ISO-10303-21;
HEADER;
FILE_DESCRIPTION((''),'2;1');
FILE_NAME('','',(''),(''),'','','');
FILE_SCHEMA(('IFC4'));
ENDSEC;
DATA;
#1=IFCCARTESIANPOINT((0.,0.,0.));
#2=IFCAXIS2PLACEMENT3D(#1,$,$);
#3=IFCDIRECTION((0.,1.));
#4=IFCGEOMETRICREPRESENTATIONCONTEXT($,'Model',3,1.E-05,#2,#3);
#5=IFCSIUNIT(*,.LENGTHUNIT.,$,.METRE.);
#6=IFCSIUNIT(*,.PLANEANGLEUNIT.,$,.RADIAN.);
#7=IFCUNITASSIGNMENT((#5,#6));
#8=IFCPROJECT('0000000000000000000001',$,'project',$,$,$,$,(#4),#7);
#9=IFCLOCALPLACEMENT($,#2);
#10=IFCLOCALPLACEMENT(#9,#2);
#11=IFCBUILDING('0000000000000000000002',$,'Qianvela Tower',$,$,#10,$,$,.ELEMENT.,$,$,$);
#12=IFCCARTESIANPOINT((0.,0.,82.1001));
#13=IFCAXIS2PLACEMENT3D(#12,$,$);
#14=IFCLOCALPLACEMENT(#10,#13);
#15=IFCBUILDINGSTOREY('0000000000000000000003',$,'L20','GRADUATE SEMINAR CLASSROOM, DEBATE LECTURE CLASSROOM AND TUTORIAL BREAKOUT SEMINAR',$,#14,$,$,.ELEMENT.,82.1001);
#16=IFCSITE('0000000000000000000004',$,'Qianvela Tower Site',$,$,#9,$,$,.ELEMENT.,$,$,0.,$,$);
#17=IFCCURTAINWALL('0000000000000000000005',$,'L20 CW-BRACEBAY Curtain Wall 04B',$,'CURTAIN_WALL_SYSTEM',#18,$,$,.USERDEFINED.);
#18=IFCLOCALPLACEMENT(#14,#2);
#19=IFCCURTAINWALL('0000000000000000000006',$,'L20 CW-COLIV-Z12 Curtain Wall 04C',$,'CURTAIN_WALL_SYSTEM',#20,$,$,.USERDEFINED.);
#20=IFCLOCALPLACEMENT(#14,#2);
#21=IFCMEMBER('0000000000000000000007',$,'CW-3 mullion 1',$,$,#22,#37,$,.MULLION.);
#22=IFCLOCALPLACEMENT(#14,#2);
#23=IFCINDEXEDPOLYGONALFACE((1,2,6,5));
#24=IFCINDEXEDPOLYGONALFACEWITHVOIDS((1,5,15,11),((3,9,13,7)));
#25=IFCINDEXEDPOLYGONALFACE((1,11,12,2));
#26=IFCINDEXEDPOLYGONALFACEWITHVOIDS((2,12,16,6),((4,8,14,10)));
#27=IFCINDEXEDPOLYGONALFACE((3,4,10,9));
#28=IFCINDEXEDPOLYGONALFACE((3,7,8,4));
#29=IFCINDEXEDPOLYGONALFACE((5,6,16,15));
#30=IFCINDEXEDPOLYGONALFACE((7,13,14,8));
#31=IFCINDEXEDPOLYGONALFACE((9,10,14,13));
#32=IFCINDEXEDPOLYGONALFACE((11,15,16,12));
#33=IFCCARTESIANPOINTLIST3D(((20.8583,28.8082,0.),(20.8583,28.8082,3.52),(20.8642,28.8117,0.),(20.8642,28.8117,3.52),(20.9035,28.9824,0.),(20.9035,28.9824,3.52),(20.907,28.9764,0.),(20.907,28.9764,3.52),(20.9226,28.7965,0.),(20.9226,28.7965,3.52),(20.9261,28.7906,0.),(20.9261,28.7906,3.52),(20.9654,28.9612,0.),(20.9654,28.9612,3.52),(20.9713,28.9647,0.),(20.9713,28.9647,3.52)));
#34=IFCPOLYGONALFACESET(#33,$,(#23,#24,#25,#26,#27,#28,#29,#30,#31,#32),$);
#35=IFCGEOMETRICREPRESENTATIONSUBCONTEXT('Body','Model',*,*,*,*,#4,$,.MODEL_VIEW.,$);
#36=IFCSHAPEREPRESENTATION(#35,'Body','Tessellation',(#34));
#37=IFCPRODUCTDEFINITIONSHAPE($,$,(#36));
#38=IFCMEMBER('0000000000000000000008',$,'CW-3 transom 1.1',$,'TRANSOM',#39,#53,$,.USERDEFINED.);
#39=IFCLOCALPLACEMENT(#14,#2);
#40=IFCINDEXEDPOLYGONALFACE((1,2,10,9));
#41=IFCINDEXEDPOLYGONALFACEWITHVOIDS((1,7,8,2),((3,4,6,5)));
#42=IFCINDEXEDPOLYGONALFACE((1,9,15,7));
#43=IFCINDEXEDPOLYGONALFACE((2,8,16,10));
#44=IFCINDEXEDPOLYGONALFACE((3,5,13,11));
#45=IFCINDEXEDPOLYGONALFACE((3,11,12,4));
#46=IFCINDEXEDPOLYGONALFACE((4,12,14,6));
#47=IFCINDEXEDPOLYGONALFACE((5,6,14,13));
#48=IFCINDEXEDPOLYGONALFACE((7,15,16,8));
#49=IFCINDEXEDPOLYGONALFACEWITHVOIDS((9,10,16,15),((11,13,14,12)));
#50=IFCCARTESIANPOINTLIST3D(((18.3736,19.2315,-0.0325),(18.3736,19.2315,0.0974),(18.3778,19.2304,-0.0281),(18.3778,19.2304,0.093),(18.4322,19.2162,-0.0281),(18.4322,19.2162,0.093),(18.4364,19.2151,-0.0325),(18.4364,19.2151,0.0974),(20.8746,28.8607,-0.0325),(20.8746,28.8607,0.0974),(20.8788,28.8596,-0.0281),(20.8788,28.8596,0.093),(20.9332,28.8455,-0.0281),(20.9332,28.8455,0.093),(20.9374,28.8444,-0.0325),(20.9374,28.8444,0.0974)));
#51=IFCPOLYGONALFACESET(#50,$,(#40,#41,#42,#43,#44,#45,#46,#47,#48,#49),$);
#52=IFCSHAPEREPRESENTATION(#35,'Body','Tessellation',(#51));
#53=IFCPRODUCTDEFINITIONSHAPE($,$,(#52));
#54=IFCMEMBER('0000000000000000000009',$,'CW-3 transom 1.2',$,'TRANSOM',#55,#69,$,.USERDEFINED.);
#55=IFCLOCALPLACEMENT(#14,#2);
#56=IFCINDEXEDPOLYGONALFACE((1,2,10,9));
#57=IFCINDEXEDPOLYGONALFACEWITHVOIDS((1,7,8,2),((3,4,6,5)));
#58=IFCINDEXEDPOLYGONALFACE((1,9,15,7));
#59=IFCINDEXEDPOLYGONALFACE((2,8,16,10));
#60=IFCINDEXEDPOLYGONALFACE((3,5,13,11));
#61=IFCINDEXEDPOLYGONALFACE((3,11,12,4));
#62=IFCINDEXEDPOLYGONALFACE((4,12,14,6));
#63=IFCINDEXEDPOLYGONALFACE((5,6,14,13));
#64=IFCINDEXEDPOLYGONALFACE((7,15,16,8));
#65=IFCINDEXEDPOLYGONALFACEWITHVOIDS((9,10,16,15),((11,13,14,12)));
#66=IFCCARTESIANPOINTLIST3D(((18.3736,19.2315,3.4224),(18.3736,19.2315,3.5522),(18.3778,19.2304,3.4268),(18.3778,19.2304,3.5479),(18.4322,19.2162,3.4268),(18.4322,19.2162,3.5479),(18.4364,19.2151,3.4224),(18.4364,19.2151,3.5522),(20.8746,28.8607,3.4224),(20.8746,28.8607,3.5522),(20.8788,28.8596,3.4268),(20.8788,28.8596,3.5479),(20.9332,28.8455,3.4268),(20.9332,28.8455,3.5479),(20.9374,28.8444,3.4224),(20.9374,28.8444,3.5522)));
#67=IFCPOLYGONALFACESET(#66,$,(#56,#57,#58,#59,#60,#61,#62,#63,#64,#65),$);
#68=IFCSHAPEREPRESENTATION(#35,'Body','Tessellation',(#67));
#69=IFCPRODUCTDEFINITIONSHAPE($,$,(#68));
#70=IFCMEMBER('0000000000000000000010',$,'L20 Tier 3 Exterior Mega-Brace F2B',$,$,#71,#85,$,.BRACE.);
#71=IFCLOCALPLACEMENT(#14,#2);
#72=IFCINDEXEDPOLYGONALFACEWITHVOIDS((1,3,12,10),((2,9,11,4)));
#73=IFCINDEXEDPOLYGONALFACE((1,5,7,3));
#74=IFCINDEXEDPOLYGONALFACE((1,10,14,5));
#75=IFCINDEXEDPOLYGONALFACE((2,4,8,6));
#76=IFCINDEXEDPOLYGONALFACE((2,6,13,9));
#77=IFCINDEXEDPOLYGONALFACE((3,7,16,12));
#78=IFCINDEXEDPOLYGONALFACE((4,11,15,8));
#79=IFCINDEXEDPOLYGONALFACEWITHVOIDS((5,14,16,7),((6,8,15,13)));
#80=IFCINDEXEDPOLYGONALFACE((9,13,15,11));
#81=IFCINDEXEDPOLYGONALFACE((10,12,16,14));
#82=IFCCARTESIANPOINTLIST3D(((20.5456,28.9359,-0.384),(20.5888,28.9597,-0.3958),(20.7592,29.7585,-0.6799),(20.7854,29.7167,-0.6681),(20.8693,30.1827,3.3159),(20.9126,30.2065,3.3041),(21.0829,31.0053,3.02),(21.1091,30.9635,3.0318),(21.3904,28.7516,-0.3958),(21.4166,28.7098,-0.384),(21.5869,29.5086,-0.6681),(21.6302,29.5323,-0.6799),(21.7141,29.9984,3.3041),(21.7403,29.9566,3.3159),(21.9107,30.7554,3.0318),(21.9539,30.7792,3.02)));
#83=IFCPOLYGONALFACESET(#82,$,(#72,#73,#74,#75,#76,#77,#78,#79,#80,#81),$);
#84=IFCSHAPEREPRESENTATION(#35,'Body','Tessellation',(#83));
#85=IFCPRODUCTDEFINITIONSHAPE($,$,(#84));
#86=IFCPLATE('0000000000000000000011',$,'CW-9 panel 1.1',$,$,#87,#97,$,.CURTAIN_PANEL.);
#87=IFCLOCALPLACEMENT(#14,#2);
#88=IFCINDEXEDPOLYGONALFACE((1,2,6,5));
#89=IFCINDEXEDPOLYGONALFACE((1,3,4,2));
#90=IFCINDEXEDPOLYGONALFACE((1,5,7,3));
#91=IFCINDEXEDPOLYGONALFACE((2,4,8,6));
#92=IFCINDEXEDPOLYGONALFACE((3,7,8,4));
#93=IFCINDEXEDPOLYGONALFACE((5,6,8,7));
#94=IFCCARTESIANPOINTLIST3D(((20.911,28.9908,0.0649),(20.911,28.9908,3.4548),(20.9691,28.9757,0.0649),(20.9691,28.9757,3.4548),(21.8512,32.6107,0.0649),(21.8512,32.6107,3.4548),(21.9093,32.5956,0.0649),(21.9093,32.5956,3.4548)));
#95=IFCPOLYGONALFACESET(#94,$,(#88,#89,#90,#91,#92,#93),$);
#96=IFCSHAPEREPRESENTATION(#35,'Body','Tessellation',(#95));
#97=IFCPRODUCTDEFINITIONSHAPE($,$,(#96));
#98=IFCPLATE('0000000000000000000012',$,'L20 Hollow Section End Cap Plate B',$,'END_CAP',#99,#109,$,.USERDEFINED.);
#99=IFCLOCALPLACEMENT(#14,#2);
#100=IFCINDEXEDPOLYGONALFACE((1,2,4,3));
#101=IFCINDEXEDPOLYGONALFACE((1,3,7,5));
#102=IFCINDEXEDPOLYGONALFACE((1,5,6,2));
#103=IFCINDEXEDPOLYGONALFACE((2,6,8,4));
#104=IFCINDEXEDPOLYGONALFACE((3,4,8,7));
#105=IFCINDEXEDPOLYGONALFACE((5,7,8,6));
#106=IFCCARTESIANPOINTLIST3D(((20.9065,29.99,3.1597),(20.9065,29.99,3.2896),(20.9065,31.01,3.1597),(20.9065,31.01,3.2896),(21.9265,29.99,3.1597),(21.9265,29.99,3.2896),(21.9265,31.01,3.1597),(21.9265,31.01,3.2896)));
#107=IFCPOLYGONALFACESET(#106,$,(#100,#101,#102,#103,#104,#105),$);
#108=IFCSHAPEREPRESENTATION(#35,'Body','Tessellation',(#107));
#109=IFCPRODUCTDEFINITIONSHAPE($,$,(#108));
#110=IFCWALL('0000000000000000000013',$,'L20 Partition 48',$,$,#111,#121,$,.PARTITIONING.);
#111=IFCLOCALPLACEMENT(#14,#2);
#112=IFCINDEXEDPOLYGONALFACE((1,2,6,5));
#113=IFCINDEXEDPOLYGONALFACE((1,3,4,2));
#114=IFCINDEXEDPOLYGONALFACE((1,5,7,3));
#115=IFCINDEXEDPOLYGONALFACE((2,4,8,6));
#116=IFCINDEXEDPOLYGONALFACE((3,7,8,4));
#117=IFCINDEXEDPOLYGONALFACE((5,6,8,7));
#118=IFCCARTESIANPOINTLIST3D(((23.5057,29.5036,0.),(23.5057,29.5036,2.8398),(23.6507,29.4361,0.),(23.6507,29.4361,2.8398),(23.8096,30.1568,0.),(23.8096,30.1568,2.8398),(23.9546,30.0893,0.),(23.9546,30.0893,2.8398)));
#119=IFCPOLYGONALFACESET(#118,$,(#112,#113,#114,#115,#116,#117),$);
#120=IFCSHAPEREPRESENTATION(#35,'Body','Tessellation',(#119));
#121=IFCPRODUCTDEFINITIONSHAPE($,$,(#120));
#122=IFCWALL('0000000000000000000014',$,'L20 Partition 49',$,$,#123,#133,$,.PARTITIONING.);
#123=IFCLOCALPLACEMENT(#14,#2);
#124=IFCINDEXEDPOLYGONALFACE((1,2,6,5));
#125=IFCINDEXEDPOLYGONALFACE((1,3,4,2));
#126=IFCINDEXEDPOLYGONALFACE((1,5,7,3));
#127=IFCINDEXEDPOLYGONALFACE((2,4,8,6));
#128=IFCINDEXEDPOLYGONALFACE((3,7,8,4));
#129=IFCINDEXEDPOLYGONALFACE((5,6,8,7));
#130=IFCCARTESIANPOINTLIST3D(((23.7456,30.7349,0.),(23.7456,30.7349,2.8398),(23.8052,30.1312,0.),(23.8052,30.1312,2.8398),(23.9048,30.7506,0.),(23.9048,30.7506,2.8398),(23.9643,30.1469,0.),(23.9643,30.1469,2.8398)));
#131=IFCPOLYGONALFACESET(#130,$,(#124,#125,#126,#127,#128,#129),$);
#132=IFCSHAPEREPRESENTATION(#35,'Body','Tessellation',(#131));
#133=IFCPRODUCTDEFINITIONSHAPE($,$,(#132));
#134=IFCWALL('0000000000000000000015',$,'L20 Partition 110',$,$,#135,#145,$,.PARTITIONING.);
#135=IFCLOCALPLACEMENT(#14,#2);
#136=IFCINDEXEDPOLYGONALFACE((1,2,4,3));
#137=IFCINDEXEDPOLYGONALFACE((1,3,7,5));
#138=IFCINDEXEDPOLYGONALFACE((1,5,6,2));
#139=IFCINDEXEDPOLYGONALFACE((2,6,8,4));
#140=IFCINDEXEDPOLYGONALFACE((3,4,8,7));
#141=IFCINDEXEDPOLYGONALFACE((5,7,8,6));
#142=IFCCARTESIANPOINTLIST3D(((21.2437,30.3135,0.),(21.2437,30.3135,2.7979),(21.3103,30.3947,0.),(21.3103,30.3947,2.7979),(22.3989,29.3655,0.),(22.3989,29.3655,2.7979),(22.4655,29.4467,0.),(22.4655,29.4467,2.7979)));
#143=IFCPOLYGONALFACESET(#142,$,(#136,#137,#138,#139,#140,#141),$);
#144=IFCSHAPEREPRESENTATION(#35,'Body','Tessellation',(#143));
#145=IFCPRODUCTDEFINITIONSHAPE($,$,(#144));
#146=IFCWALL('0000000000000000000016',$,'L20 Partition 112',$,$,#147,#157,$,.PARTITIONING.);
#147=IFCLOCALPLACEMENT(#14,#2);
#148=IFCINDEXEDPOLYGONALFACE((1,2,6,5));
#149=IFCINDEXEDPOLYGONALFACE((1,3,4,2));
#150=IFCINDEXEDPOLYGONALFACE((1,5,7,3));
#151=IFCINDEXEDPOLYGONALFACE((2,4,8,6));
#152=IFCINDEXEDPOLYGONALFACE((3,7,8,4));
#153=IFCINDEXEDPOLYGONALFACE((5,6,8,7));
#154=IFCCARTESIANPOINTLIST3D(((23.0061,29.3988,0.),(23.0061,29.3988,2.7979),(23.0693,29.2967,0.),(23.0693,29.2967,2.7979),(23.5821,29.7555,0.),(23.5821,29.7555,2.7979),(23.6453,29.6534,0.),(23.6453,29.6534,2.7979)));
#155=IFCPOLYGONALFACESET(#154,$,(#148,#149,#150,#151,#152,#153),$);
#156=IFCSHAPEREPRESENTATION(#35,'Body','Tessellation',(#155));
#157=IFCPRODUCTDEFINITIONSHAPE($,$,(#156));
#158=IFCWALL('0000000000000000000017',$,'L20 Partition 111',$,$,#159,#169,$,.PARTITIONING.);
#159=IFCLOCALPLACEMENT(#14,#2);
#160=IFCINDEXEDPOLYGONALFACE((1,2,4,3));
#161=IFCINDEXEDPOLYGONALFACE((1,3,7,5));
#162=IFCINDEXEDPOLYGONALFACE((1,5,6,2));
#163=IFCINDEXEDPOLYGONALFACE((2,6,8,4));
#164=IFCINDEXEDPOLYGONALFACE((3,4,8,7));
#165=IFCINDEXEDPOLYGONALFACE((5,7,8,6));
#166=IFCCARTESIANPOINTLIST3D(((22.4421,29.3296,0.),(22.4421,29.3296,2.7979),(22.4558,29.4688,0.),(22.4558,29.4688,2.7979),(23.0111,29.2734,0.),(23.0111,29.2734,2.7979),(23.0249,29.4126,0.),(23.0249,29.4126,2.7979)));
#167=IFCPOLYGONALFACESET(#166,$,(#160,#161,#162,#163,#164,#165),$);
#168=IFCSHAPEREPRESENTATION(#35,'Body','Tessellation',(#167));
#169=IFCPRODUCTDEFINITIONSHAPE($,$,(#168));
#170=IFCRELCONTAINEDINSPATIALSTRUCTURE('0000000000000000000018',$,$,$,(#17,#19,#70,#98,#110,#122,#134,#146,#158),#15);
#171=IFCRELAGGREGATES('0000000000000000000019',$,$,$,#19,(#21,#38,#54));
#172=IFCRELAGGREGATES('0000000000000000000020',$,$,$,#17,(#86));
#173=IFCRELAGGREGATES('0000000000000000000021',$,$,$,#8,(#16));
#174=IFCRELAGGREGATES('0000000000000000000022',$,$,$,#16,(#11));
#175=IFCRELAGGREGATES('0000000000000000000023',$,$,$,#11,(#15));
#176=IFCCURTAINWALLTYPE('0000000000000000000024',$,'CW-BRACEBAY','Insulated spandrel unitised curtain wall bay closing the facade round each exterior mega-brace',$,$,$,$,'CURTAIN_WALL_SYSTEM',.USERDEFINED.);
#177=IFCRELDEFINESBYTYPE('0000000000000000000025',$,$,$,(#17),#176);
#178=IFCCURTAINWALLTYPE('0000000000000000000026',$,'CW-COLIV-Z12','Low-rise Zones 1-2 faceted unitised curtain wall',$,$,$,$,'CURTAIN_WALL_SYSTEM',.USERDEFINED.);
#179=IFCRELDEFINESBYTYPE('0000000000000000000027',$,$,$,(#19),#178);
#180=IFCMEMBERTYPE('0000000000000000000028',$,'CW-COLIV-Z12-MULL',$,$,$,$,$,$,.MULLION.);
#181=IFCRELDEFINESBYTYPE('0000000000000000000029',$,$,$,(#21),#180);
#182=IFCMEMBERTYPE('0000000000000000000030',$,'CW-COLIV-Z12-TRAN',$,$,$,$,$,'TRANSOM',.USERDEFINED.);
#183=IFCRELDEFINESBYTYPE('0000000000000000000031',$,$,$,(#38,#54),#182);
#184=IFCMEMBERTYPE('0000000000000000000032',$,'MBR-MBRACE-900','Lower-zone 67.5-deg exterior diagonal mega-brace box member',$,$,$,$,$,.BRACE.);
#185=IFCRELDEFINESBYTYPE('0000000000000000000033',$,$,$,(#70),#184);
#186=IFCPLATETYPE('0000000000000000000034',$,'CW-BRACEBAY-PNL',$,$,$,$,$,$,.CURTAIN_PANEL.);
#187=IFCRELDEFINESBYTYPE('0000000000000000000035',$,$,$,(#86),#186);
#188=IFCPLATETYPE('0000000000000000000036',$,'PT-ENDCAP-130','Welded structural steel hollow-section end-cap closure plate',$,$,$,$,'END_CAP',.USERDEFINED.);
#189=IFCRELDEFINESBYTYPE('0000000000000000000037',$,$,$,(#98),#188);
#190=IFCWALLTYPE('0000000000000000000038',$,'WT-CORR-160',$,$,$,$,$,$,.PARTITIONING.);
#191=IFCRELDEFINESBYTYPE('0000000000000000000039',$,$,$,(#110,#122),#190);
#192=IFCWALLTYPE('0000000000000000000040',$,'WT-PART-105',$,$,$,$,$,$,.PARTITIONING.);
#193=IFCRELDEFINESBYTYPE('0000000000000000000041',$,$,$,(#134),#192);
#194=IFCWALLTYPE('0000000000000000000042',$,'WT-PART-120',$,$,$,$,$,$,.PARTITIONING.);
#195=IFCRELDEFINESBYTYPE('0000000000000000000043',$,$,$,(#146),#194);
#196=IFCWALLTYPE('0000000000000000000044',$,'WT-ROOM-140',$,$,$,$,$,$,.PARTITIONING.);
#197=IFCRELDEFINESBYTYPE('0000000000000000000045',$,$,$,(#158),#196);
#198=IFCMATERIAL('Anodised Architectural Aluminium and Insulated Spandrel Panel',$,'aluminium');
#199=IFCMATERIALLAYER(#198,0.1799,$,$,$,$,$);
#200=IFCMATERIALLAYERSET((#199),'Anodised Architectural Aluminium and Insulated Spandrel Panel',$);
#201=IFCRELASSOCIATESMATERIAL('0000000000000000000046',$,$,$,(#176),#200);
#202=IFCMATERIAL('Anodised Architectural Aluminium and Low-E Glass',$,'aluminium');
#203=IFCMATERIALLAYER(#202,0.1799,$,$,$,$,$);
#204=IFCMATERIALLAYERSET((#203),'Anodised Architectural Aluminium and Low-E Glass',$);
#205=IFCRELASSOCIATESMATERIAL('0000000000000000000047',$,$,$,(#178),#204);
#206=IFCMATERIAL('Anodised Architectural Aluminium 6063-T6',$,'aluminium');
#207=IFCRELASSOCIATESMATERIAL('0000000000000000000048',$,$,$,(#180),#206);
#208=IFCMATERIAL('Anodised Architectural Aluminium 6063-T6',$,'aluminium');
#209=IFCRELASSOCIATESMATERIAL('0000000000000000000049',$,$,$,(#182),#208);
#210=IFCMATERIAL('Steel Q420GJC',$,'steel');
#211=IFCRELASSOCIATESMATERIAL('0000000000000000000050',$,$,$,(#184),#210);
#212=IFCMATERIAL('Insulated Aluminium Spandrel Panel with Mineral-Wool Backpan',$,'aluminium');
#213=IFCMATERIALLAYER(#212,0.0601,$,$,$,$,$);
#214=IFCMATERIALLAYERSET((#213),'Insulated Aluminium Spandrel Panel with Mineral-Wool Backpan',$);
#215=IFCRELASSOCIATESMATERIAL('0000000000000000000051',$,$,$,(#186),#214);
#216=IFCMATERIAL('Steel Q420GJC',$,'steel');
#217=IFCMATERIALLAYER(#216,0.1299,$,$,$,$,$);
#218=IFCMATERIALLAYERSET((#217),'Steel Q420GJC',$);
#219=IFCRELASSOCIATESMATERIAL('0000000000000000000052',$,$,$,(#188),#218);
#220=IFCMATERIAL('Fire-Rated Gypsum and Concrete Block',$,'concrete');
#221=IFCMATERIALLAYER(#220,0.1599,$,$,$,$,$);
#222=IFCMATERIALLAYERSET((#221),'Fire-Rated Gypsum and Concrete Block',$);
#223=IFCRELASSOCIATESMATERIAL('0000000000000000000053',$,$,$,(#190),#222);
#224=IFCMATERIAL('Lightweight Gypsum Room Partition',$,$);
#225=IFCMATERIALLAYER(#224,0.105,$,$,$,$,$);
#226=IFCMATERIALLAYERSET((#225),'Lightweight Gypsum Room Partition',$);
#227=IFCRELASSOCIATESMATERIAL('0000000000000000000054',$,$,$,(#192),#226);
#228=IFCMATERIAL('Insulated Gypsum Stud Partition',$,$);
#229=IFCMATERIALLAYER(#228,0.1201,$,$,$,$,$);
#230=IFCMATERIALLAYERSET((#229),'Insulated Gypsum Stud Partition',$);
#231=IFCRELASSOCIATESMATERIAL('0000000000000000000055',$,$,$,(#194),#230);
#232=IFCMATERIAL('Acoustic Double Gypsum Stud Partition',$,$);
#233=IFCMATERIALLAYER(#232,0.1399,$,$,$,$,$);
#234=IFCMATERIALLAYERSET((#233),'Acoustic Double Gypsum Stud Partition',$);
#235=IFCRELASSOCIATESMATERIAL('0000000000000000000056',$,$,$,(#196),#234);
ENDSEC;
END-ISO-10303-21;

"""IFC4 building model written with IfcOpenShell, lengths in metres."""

from ifc_helpers import new_model, si_unit, direction, frame, frame_2d, origin, origin_2d, place, context, subcontext, project, spatial, rectangle, hollow_rectangle, extrude, material, layer, layer_set, material_profile, profile_set, type_object, element, aggregate, save


model = new_model("IFC4")

# Units and contexts
model_context = context("Model", 3, precision=1e-05, world=origin(), true_north=direction((0.0, 1.0)))
body_context = subcontext(model_context, "Body", "Model", "MODEL_VIEW")
ifc_project = project(units=[si_unit("LENGTHUNIT", "METRE"), si_unit("PLANEANGLEUNIT", "RADIAN")], contexts=[model_context])

# Site, building, storey
site_placement = place(None, origin())
site = spatial("IfcSite", under=ifc_project, at=site_placement, Name="Qianvela Tower Site", CompositionType="ELEMENT", RefElevation=0.0)
building_placement = place(site_placement, origin())
building = spatial("IfcBuilding", under=site, at=building_placement, Name="Qianvela Tower", CompositionType="ELEMENT")
storey_placement = place(building_placement, frame((0.0, 0.0, 82.1001)))
storey = spatial("IfcBuildingStorey", under=building, at=storey_placement, Name="L20", Description="GRADUATE SEMINAR CLASSROOM, DEBATE LECTURE CLASSROOM AND TUTORIAL BREAKOUT SEMINAR", CompositionType="ELEMENT", Elevation=82.1001)

# Curtain wall
ifc_material_1 = material(Name="Anodised Architectural Aluminium and Insulated Spandrel Panel", Category="aluminium")
ifc_layer_1 = layer(ifc_material_1, 0.1799)
ifc_layer_set_1 = layer_set([ifc_layer_1], Name="Anodised Architectural Aluminium and Insulated Spandrel Panel")
curtain_wall_type_1 = type_object("IfcCurtainWallType", Name="CW-BRACEBAY", Description="Insulated spandrel unitised curtain wall bay closing the facade round each exterior mega-brace", ElementType="CURTAIN_WALL_SYSTEM", PredefinedType="USERDEFINED", material=ifc_layer_set_1)
curtain_wall_1_placement = place(storey_placement, origin())
curtain_wall_1 = element("IfcCurtainWall", 1, at=curtain_wall_1_placement, inside=storey, type_object=curtain_wall_type_1, Name="L20 CW-BRACEBAY Curtain Wall 04B", ObjectType="CURTAIN_WALL_SYSTEM", PredefinedType="USERDEFINED")

# Curtain wall, members
ifc_material_2 = material(Name="Anodised Architectural Aluminium and Low-E Glass", Category="aluminium")
ifc_layer_2 = layer(ifc_material_2, 0.1799)
ifc_layer_set_2 = layer_set([ifc_layer_2], Name="Anodised Architectural Aluminium and Low-E Glass")
curtain_wall_type_2 = type_object("IfcCurtainWallType", Name="CW-COLIV-Z12", Description="Low-rise Zones 1-2 faceted unitised curtain wall", ElementType="CURTAIN_WALL_SYSTEM", PredefinedType="USERDEFINED", material=ifc_layer_set_2)
curtain_wall_2_placement = place(storey_placement, origin())
curtain_wall_2 = element("IfcCurtainWall", 2, at=curtain_wall_2_placement, inside=storey, type_object=curtain_wall_type_2, Name="L20 CW-COLIV-Z12 Curtain Wall 04C", ObjectType="CURTAIN_WALL_SYSTEM", PredefinedType="USERDEFINED")
ifc_material_3 = material(Name="Anodised Architectural Aluminium 6063-T6", Category="aluminium")
ifc_material_profile_1 = material_profile(ifc_material_3, hollow_rectangle(XDim=0.0701, YDim=0.1799, WallThickness=0.0049, at=origin_2d()), Name="ALU-MULL-70x180")
ifc_profile_set_1 = profile_set([ifc_material_profile_1], Name="Anodised Architectural Aluminium 6063-T6")
member_type_1 = type_object("IfcMemberType", Name="CW-COLIV-Z12-MULL", PredefinedType="MULLION", material=ifc_profile_set_1)
member_1_placement = place(storey_placement, frame((20.9148, 28.8865, 0.0), z_axis=(0.0, 0.0, 1.0), x_axis=(0.967886, -0.251388, 0.0)))
member_1 = element("IfcMember", 3, at=member_1_placement, type_object=member_type_1, Name="CW-3 mullion 1", PredefinedType="MULLION", context=body_context, shape_type="SweptSolid", body=[
    extrude(hollow_rectangle(XDim=0.0701, YDim=0.1799, WallThickness=0.0049, at=origin_2d()), origin(), (0.0, 0.0, 1.0), 3.52),
])
ifc_material_4 = material(Name="Anodised Architectural Aluminium 6063-T6", Category="aluminium")
ifc_material_profile_2 = material_profile(ifc_material_4, hollow_rectangle(XDim=0.0649, YDim=0.1299, WallThickness=0.0044, at=origin_2d()), Name="ALU-TRAN-65x130")
ifc_profile_set_2 = profile_set([ifc_material_profile_2], Name="Anodised Architectural Aluminium 6063-T6")
member_type_2 = type_object("IfcMemberType", Name="CW-COLIV-Z12-TRAN", ElementType="TRANSOM", PredefinedType="USERDEFINED", material=ifc_profile_set_2)
member_2_placement = place(storey_placement, frame((20.906, 28.8525, 0.0325), z_axis=(-0.251389, -0.967886, 0.0), x_axis=(0.967886, -0.251389, 0.0)))
member_2 = element("IfcMember", 4, at=member_2_placement, type_object=member_type_2, Name="CW-3 transom 1.1", ObjectType="TRANSOM", PredefinedType="USERDEFINED", context=body_context, shape_type="SweptSolid", body=[
    extrude(hollow_rectangle(XDim=0.0649, YDim=0.1299, WallThickness=0.0044, at=origin_2d()), origin(), (0.0, 0.0, 1.0), 9.9487),
])
member_3_placement = place(storey_placement, frame((20.906, 28.8525, 3.4873), z_axis=(-0.251389, -0.967886, 0.0), x_axis=(0.967886, -0.251389, 0.0)))
member_3 = element("IfcMember", 5, at=member_3_placement, type_object=member_type_2, Name="CW-3 transom 1.2", ObjectType="TRANSOM", PredefinedType="USERDEFINED", context=body_context, shape_type="SweptSolid", body=[
    extrude(hollow_rectangle(XDim=0.0649, YDim=0.1299, WallThickness=0.0044, at=origin_2d()), origin(), (0.0, 0.0, 1.0), 9.9487),
])
aggregate(curtain_wall_2, [member_1, member_2, member_3])

# Member
ifc_material_5 = material(Name="Steel Q420GJC", Category="steel")
ifc_material_profile_3 = material_profile(ifc_material_5, hollow_rectangle(XDim=0.8999, YDim=0.8999, WallThickness=0.0359, at=origin_2d()), Name="MBOX-900x900x36")
ifc_profile_set_3 = profile_set([ifc_material_profile_3], Name="Steel Q420GJC")
member_type_3 = type_object("IfcMemberType", Name="MBR-MBRACE-900", Description="Lower-zone 67.5-deg exterior diagonal mega-brace box member", PredefinedType="BRACE", material=ifc_profile_set_3)
member_4_placement = place(storey_placement, frame((21.0879, 29.2341, -0.532), z_axis=(0.082631, 0.318248, 0.944399), x_axis=(-0.967906, 0.251311, 0.0)))
element("IfcMember", 6, at=member_4_placement, inside=storey, type_object=member_type_3, Name="L20 Tier 3 Exterior Mega-Brace F2B", PredefinedType="BRACE", context=body_context, shape_type="SweptSolid", body=[
    extrude(hollow_rectangle(XDim=0.8999, YDim=0.8999, WallThickness=0.0359, at=origin_2d()), origin(), (0.0, 0.0, 1.0), 3.9177),
])

# Plates
ifc_material_6 = material(Name="Insulated Aluminium Spandrel Panel with Mineral-Wool Backpan", Category="aluminium")
ifc_layer_3 = layer(ifc_material_6, 0.0601)
ifc_layer_set_3 = layer_set([ifc_layer_3], Name="Insulated Aluminium Spandrel Panel with Mineral-Wool Backpan")
plate_type_1 = type_object("IfcPlateType", Name="CW-BRACEBAY-PNL", PredefinedType="CURTAIN_PANEL", material=ifc_layer_set_3)
plate_1_placement = place(storey_placement, frame((21.4102, 30.7932, 0.0649), z_axis=(0.0, 0.0, 1.0), x_axis=(-0.251396, -0.967884, 0.0)))
plate_1 = element("IfcPlate", 7, at=plate_1_placement, type_object=plate_type_1, Name="CW-9 panel 1.1", PredefinedType="CURTAIN_PANEL", context=body_context, shape_type="SweptSolid", body=[
    extrude(rectangle(XDim=3.74, YDim=0.0601, at=origin_2d()), origin(), (0.0, 0.0, 1.0), 3.3899),
])
aggregate(curtain_wall_1, [plate_1])
ifc_material_7 = material(Name="Steel Q420GJC", Category="steel")
ifc_layer_4 = layer(ifc_material_7, 0.1299)
ifc_layer_set_4 = layer_set([ifc_layer_4], Name="Steel Q420GJC")
plate_type_2 = type_object("IfcPlateType", Name="PT-ENDCAP-130", Description="Welded structural steel hollow-section end-cap closure plate", ElementType="END_CAP", PredefinedType="USERDEFINED", material=ifc_layer_set_4)
plate_2_placement = place(storey_placement, frame((21.4165, 30.5, 3.1597), z_axis=(0.0, 0.0, 1.0), x_axis=(1.0, 0.0, 0.0)))
element("IfcPlate", 8, at=plate_2_placement, inside=storey, type_object=plate_type_2, Name="L20 Hollow Section End Cap Plate B", ObjectType="END_CAP", PredefinedType="USERDEFINED", context=body_context, shape_type="SweptSolid", body=[
    extrude(rectangle(XDim=1.02, YDim=1.02, at=origin_2d()), origin(), (0.0, 0.0, 1.0), 0.1299),
])

# Walls
ifc_material_8 = material(Name="Fire-Rated Gypsum and Concrete Block", Category="concrete")
ifc_layer_5 = layer(ifc_material_8, 0.1599)
ifc_layer_set_5 = layer_set([ifc_layer_5], Name="Fire-Rated Gypsum and Concrete Block")
wall_type_1 = type_object("IfcWallType", Name="WT-CORR-160", PredefinedType="PARTITIONING", material=ifc_layer_set_5)
wall_1_placement = place(storey_placement, frame((23.5781, 29.4697, 0.0), z_axis=(0.0, 0.0, 1.0), x_axis=(0.421828, 0.906676, 0.0)))
element("IfcWall", 9, at=wall_1_placement, inside=storey, type_object=wall_type_1, Name="L20 Partition 48", PredefinedType="PARTITIONING", context=body_context, shape_type="SweptSolid", body=[
    extrude(rectangle(XDim=0.7205, YDim=0.1599, at=frame_2d((0.3604, 0.0))), origin(), (0.0, 0.0, 1.0), 2.8398),
])
wall_2_placement = place(storey_placement, frame((23.8848, 30.1392, 0.0), z_axis=(0.0, 0.0, 1.0), x_axis=(-0.098189, 0.995168, 0.0)))
element("IfcWall", 10, at=wall_2_placement, inside=storey, type_object=wall_type_1, Name="L20 Partition 49", PredefinedType="PARTITIONING", context=body_context, shape_type="SweptSolid", body=[
    extrude(rectangle(XDim=0.6067, YDim=0.1599, at=frame_2d((0.3032, 0.0))), origin(), (0.0, 0.0, 1.0), 2.8398),
])
ifc_material_9 = material(Name="Lightweight Gypsum Room Partition")
ifc_layer_6 = layer(ifc_material_9, 0.105)
ifc_layer_set_6 = layer_set([ifc_layer_6], Name="Lightweight Gypsum Room Partition")
wall_type_2 = type_object("IfcWallType", Name="WT-PART-105", PredefinedType="PARTITIONING", material=ifc_layer_set_6)
wall_3_placement = place(storey_placement, frame((21.2771, 30.354, 0.0), z_axis=(0.0, 0.0, 1.0), x_axis=(0.773047, -0.634349, 0.0)))
element("IfcWall", 11, at=wall_3_placement, inside=storey, type_object=wall_type_2, Name="L20 Partition 110", PredefinedType="PARTITIONING", context=body_context, shape_type="SweptSolid", body=[
    extrude(rectangle(XDim=1.4944, YDim=0.105, at=frame_2d((0.7471, 0.0))), origin(), (0.0, 0.0, 1.0), 2.7979),
])
ifc_material_10 = material(Name="Insulated Gypsum Stud Partition")
ifc_layer_7 = layer(ifc_material_10, 0.1201)
ifc_layer_set_7 = layer_set([ifc_layer_7], Name="Insulated Gypsum Stud Partition")
wall_type_3 = type_object("IfcWallType", Name="WT-PART-120", PredefinedType="PARTITIONING", material=ifc_layer_set_7)
wall_4_placement = place(storey_placement, frame((23.0376, 29.3477, 0.0), z_axis=(0.0, 0.0, 1.0), x_axis=(0.850158, 0.526528, 0.0)))
element("IfcWall", 12, at=wall_4_placement, inside=storey, type_object=wall_type_3, Name="L20 Partition 112", PredefinedType="PARTITIONING", context=body_context, shape_type="SweptSolid", body=[
    extrude(rectangle(XDim=0.6775, YDim=0.1201, at=frame_2d((0.3389, 0.0))), origin(), (0.0, 0.0, 1.0), 2.7979),
])
ifc_material_11 = material(Name="Acoustic Double Gypsum Stud Partition")
ifc_layer_8 = layer(ifc_material_11, 0.1399)
ifc_layer_set_8 = layer_set([ifc_layer_8], Name="Acoustic Double Gypsum Stud Partition")
wall_type_4 = type_object("IfcWallType", Name="WT-ROOM-140", PredefinedType="PARTITIONING", material=ifc_layer_set_8)
wall_5_placement = place(storey_placement, frame((22.449, 29.3992, 0.0), z_axis=(0.0, 0.0, 1.0), x_axis=(0.995167, -0.098193, 0.0)))
element("IfcWall", 13, at=wall_5_placement, inside=storey, type_object=wall_type_4, Name="L20 Partition 111", PredefinedType="PARTITIONING", context=body_context, shape_type="SweptSolid", body=[
    extrude(rectangle(XDim=0.5718, YDim=0.1399, at=frame_2d((0.2859, 0.0))), origin(), (0.0, 0.0, 1.0), 2.7979),
])

save(model, "model.ifc")
